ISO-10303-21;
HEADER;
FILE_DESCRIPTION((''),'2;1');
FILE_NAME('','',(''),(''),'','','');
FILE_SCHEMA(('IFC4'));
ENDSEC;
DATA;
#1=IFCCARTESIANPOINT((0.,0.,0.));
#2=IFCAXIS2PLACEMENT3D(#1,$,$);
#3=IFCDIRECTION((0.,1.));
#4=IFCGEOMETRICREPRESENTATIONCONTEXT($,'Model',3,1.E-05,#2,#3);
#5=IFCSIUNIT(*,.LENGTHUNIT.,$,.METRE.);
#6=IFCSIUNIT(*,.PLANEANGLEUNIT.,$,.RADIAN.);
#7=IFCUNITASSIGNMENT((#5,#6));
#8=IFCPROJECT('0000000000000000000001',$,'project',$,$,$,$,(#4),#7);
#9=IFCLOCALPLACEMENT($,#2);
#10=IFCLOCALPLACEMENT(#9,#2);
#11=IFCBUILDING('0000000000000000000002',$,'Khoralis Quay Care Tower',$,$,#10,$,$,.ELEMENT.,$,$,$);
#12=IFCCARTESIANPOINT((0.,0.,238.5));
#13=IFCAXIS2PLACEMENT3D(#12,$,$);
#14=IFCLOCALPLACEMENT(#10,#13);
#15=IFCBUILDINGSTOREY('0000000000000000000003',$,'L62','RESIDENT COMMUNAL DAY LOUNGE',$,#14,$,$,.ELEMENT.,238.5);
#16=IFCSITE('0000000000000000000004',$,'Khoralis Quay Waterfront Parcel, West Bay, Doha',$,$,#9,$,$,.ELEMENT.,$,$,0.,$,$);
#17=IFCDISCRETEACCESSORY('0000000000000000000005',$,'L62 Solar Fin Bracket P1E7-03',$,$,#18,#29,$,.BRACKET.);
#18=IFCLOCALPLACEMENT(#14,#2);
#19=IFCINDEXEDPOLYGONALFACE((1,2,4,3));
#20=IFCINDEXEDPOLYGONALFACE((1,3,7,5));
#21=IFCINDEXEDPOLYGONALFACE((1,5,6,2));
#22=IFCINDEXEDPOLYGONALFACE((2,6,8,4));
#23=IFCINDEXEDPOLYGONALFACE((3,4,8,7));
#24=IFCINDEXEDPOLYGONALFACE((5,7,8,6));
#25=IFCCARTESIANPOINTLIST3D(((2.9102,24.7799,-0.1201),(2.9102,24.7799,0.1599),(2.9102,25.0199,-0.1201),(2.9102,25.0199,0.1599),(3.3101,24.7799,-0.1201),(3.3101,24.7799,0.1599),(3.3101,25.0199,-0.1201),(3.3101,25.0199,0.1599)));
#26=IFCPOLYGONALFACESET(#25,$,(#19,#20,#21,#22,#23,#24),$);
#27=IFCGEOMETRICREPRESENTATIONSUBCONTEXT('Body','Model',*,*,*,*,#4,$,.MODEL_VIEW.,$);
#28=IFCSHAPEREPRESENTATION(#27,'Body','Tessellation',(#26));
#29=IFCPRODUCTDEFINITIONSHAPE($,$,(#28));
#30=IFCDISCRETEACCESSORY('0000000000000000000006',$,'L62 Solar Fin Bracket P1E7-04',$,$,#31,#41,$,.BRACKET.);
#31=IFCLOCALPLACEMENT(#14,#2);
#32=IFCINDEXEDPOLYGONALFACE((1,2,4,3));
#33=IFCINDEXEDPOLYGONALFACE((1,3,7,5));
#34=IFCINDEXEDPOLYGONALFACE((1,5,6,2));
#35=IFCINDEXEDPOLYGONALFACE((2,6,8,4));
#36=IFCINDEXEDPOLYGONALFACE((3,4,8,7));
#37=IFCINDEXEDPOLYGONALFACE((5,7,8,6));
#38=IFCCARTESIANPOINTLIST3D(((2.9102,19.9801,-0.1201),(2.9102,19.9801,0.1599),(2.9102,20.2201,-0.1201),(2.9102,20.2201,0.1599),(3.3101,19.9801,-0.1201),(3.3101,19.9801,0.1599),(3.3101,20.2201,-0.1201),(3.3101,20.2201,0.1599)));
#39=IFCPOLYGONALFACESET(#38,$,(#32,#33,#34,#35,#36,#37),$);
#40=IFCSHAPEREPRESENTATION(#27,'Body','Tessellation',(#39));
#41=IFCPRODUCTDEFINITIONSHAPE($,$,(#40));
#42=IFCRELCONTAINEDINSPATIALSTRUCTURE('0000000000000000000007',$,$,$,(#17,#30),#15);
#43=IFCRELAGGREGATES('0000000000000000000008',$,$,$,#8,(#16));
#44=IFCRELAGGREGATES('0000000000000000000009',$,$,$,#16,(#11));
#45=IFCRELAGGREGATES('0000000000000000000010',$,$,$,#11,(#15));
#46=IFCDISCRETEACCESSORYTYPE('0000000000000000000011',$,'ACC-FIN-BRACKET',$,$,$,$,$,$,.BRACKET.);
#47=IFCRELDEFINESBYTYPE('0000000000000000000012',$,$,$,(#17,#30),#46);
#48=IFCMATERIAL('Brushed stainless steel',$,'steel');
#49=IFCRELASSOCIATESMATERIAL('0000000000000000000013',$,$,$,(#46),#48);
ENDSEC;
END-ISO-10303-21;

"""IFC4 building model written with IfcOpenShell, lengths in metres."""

from ifc_helpers import new_model, si_unit, direction, frame, origin, origin_2d, place, context, subcontext, project, spatial, rectangle, extrude, source, transform, mapped, material, type_object, element, save


model = new_model("IFC4")

# Units and contexts
model_context = context("Model", 3, precision=1e-05, world=origin(), true_north=direction((0.0, 1.0)))
body_context = subcontext(model_context, "Body", "Model", "MODEL_VIEW")
ifc_project = project(units=[si_unit("LENGTHUNIT", "METRE"), si_unit("PLANEANGLEUNIT", "RADIAN")], contexts=[model_context])

# Site, building, storey
site_placement = place(None, origin())
site = spatial("IfcSite", under=ifc_project, at=site_placement, Name="Khoralis Quay Waterfront Parcel, West Bay, Doha", CompositionType="ELEMENT", RefElevation=0.0)
building_placement = place(site_placement, origin())
building = spatial("IfcBuilding", under=site, at=building_placement, Name="Khoralis Quay Care Tower", CompositionType="ELEMENT")
storey_placement = place(building_placement, frame((0.0, 0.0, 238.5)))
storey = spatial("IfcBuildingStorey", under=building, at=storey_placement, Name="L62", Description="RESIDENT COMMUNAL DAY LOUNGE", CompositionType="ELEMENT", Elevation=238.5)

# Discrete accessories
ifc_material_1 = material(Name="Brushed stainless steel", Category="steel")
discrete_accessory_type = type_object("IfcDiscreteAccessoryType", Name="ACC-FIN-BRACKET", PredefinedType="BRACKET", material=ifc_material_1)
shared_shape_1 = source(origin(), body_context, "Body", "SweptSolid", [
    extrude(rectangle(XDim=0.3999, YDim=0.24, at=origin_2d()), origin(), (0.0, 0.0, 1.0), 0.28),
])
for number, where, z_axis, x_axis, name in (
    (1, (3.1101, 24.8999, -0.1201), (0.0, 0.0, 1.0), (-1.0, 0.0, 0.0), "L62 Solar Fin Bracket P1E7-03"),
    (2, (3.1101, 20.1001, -0.1201), (0.0, 0.0, 1.0), (-1.0, 0.0, 0.0), "L62 Solar Fin Bracket P1E7-04"),
):
    element("IfcDiscreteAccessory", number, at=place(storey_placement, frame(where, z_axis=z_axis, x_axis=x_axis)), inside=storey, type_object=discrete_accessory_type, Name=name, PredefinedType="BRACKET", context=body_context, shape_type="MappedRepresentation", body=[
        mapped(shared_shape_1, transform((0.0, 0.0, 0.0), scale=1.0)),
    ])

save(model, "model.ifc")
